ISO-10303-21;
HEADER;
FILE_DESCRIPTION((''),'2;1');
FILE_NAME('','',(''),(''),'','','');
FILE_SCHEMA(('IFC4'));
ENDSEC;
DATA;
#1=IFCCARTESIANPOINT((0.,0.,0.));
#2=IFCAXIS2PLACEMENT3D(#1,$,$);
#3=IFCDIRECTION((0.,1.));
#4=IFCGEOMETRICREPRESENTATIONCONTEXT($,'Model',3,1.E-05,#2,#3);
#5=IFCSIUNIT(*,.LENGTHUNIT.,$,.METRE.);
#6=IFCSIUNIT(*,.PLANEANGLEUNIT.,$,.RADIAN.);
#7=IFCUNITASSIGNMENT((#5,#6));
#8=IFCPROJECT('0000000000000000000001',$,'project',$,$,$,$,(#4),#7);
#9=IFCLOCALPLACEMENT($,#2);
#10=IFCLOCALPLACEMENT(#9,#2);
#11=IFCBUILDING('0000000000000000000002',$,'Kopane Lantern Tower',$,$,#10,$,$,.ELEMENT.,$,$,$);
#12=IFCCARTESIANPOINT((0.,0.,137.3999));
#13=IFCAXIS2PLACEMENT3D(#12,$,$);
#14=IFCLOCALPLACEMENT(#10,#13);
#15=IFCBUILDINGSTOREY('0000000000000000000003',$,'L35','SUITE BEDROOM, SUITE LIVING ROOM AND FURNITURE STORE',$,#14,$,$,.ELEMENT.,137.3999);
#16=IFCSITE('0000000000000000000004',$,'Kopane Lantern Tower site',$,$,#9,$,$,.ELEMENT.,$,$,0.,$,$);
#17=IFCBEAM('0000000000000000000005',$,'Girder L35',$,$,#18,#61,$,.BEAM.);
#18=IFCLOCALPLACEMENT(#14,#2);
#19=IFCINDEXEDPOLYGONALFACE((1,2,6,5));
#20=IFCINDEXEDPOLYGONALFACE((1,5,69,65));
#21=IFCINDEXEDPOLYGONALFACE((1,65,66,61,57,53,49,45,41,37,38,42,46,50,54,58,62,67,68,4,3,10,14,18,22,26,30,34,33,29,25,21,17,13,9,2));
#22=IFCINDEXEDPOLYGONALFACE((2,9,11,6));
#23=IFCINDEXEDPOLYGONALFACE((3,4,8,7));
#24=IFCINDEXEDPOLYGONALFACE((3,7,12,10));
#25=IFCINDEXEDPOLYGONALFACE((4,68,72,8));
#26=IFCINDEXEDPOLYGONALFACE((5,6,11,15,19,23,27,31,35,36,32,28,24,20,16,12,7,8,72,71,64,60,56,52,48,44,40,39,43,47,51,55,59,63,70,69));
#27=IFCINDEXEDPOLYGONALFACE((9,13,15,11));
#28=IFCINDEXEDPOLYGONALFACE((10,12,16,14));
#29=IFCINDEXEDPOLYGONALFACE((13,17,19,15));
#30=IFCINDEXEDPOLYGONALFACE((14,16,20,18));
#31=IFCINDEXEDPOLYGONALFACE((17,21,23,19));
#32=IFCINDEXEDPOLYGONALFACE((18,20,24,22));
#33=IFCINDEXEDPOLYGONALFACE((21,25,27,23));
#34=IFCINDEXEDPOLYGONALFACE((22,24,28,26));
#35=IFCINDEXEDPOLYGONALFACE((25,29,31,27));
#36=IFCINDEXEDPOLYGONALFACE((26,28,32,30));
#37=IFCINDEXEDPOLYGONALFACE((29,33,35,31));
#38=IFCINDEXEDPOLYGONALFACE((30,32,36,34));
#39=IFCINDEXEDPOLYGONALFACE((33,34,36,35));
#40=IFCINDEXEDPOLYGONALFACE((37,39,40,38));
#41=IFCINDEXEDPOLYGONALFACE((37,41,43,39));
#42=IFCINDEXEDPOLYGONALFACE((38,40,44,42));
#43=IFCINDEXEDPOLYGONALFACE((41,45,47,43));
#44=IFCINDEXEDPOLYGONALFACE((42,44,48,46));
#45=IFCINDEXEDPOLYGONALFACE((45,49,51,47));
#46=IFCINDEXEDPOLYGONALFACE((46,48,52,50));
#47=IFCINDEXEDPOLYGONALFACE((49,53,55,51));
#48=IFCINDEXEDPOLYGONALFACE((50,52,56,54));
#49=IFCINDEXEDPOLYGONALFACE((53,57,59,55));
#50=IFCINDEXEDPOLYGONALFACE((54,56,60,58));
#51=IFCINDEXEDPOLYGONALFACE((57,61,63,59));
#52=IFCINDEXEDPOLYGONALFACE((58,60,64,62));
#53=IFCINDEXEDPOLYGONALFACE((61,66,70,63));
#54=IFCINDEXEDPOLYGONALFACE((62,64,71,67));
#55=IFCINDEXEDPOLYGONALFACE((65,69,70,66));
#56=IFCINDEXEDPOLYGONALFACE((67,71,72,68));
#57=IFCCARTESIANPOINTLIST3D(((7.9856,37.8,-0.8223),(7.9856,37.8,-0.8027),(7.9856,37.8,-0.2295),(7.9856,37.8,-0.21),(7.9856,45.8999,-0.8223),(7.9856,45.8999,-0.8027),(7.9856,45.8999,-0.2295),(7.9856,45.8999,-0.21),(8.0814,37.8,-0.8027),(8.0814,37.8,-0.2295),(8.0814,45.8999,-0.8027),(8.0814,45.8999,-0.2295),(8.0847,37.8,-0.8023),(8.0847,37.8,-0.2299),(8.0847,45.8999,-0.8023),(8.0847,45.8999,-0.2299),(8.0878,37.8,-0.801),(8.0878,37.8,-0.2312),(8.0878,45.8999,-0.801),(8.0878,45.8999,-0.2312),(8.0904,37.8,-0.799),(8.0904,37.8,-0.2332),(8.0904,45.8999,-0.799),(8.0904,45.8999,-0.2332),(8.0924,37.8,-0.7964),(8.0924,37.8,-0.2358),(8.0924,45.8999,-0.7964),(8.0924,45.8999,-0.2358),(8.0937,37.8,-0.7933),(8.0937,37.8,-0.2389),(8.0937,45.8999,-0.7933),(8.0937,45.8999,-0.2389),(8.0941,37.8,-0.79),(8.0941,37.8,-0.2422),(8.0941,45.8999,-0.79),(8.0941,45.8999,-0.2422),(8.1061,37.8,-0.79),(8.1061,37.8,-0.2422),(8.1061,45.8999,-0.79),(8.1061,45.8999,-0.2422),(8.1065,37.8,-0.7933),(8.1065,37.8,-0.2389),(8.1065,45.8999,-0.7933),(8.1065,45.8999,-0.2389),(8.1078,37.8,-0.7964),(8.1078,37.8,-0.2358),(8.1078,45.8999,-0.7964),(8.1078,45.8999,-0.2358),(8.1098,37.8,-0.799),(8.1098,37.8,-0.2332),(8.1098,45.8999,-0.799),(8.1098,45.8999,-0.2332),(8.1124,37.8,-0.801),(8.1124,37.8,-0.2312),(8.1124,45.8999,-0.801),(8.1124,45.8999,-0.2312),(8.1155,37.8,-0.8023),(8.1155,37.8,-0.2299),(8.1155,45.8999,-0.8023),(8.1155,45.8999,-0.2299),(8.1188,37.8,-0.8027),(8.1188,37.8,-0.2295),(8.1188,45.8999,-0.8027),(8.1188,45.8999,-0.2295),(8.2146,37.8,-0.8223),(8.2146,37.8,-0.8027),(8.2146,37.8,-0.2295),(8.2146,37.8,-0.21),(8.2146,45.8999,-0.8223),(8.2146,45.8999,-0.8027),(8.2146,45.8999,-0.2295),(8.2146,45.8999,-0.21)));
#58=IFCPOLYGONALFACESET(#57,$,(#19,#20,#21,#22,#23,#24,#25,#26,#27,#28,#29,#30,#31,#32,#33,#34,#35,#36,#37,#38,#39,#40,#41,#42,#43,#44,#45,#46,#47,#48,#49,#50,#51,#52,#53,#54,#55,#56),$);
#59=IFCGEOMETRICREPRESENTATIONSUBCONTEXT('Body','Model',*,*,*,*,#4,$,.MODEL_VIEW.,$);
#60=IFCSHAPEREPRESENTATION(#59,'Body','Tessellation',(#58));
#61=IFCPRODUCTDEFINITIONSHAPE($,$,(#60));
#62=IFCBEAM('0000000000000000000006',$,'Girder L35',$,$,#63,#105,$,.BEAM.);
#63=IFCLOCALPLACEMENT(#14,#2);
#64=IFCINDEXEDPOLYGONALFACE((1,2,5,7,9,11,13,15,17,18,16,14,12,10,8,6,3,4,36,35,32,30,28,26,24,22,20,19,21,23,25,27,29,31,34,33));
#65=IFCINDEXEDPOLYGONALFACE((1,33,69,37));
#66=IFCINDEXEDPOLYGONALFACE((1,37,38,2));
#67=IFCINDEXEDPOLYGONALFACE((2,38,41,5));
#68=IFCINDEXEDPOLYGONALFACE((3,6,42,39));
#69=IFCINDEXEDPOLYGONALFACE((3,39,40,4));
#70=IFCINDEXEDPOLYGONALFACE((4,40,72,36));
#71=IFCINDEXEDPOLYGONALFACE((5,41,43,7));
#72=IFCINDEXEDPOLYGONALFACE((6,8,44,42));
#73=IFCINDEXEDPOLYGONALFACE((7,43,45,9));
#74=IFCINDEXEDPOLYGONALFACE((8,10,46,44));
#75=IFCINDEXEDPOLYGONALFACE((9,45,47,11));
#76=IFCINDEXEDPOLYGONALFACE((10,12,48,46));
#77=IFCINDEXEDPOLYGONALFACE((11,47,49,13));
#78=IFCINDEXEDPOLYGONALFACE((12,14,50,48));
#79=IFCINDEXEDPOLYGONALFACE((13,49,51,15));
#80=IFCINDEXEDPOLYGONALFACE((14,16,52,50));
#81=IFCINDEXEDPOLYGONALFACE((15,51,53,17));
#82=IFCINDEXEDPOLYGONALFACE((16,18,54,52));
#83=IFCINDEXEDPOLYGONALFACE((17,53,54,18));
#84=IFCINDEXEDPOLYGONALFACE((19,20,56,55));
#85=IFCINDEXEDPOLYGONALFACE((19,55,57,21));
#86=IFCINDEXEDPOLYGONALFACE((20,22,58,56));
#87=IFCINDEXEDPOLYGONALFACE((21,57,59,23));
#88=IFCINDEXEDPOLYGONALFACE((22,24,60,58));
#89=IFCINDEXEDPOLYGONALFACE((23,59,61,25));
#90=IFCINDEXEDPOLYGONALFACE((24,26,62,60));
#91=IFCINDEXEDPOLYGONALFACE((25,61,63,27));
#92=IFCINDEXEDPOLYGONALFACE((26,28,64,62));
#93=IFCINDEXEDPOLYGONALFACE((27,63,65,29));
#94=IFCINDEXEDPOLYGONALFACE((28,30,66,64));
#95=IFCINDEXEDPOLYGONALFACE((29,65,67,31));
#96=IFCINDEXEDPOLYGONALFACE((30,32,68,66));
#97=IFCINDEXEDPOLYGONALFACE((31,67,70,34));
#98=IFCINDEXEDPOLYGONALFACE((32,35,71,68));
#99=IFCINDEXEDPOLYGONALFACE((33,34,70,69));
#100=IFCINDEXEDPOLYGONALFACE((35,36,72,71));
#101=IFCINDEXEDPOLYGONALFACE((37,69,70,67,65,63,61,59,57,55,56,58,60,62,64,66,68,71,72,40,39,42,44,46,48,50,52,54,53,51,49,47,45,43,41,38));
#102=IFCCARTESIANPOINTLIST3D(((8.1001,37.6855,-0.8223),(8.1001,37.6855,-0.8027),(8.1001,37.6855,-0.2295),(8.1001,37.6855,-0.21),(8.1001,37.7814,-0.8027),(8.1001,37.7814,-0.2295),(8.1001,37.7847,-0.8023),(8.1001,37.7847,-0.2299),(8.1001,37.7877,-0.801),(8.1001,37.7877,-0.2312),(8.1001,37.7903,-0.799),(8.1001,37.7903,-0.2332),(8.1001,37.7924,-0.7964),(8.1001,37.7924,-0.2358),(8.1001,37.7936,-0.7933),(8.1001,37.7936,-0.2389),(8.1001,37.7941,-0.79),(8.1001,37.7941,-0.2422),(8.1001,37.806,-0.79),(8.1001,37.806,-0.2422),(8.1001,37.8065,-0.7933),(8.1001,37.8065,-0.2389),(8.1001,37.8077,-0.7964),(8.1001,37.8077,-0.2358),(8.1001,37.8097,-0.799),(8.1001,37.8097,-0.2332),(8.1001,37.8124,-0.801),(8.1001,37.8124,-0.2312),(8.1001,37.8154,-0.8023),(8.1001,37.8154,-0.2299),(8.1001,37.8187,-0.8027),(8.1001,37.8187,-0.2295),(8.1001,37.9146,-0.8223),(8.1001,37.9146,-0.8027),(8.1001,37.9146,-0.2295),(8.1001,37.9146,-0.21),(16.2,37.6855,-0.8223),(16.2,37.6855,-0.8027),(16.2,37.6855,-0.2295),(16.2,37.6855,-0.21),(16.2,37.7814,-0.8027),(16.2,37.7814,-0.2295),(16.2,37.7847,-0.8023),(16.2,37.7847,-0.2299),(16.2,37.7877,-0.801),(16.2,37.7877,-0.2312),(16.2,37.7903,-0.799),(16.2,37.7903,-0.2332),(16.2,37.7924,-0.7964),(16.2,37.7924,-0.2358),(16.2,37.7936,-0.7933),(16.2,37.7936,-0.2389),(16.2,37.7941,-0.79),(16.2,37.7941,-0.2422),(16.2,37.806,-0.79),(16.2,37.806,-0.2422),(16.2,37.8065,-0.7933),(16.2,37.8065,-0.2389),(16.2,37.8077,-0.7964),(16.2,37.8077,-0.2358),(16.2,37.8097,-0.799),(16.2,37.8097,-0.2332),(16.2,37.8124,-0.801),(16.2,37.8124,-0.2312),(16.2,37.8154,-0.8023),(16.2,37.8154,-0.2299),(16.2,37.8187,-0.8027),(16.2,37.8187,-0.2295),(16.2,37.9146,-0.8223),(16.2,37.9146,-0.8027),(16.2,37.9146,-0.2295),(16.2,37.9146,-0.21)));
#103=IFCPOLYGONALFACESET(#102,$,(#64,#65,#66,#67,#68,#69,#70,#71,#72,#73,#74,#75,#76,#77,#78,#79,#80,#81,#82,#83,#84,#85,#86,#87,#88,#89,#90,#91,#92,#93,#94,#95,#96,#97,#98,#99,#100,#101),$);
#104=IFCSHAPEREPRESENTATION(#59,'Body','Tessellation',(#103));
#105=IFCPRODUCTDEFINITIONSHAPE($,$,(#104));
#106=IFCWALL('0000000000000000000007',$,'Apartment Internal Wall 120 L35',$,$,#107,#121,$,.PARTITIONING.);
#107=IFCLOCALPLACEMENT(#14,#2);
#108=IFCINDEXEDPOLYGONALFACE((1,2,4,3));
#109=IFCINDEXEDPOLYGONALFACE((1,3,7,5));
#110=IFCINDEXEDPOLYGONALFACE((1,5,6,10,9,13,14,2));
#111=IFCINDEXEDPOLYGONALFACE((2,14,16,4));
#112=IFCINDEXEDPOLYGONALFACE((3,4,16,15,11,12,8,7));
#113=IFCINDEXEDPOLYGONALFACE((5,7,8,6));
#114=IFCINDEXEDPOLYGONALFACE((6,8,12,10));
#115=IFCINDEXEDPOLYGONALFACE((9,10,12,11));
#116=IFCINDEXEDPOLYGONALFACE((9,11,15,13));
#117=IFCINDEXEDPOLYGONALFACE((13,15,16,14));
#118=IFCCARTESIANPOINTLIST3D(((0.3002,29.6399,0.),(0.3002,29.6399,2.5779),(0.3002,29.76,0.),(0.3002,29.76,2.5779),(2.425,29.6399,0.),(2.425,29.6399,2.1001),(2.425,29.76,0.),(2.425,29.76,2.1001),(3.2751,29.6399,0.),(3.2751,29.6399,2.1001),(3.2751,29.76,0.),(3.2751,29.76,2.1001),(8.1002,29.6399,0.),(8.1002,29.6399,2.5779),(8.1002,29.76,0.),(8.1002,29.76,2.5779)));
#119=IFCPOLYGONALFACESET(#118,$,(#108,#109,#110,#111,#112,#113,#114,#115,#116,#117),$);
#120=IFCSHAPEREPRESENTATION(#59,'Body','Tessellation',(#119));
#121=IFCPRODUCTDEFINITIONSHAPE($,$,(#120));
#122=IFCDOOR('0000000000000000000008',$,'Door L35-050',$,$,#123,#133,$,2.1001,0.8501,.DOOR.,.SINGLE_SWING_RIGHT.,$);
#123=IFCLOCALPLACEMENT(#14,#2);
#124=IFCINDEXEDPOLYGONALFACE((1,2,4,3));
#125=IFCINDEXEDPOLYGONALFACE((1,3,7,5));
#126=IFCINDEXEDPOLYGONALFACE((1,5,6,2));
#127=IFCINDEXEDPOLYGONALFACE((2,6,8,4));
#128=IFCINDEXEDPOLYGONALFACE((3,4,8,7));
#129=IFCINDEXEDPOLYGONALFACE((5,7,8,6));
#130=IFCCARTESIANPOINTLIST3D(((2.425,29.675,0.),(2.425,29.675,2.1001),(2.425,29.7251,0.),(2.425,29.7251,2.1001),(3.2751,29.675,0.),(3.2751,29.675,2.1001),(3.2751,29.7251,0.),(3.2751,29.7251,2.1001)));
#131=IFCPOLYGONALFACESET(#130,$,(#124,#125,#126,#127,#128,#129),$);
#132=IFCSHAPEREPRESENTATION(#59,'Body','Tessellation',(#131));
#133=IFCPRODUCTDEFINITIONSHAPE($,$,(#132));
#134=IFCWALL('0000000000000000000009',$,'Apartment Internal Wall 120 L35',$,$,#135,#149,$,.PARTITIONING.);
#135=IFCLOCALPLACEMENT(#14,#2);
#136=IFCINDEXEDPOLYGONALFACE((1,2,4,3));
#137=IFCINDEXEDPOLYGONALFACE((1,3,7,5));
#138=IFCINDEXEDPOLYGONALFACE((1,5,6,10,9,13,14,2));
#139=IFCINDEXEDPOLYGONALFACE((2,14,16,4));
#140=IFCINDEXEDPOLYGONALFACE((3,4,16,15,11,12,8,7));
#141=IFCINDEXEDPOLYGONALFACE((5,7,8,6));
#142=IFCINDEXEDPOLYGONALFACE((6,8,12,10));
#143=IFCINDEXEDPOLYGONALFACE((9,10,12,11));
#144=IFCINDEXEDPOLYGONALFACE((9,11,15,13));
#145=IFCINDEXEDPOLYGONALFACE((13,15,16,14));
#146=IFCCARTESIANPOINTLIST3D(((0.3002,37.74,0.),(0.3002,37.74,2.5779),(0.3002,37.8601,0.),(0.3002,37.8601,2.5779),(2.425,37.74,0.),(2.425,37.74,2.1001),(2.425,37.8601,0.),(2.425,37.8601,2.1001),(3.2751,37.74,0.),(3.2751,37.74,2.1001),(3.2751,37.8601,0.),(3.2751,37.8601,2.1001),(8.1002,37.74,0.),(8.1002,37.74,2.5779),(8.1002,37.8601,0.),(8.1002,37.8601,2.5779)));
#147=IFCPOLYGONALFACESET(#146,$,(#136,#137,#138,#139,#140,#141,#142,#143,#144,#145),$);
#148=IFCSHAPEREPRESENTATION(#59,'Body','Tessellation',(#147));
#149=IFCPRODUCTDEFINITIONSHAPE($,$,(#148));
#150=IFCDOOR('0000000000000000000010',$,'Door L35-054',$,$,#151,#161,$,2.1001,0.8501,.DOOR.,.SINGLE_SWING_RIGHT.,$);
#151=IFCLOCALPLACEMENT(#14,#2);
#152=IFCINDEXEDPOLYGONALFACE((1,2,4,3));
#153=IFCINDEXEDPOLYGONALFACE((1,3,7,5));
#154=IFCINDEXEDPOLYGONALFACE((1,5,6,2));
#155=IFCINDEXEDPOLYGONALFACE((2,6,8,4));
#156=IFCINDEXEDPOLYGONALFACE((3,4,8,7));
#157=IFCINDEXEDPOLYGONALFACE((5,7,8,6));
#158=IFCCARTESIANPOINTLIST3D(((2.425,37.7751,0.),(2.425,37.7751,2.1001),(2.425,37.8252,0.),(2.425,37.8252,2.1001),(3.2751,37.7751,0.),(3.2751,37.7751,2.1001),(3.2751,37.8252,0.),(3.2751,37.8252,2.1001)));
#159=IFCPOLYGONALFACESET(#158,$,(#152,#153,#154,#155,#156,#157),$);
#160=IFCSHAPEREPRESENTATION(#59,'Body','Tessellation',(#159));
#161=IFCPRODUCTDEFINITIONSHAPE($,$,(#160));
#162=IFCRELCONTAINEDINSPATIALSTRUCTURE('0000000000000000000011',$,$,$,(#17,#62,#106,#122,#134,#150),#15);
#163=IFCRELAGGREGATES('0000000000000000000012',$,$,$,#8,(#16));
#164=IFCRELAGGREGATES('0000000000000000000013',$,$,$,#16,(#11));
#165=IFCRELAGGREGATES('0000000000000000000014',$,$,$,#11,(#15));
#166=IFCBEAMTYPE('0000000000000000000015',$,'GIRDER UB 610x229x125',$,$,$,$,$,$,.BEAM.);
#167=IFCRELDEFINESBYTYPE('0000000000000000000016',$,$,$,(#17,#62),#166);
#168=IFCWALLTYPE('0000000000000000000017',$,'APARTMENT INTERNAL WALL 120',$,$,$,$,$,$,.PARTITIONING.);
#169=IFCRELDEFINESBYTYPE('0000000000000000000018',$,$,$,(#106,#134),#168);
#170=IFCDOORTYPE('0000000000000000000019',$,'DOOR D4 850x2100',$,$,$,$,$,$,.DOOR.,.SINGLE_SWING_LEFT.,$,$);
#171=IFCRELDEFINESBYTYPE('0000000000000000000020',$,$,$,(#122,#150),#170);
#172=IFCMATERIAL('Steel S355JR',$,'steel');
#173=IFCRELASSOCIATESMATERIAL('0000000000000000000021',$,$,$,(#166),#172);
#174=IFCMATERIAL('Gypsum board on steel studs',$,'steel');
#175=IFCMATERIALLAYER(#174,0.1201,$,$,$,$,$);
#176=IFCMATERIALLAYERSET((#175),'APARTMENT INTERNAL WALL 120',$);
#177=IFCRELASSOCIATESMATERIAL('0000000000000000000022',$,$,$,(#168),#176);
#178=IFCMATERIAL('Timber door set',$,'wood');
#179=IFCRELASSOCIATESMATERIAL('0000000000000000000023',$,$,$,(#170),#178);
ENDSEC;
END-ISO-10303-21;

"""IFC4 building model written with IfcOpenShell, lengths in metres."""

from ifc_helpers import new_model, si_unit, direction, frame, frame_2d, origin, origin_2d, place, context, subcontext, project, spatial, rectangle, i_section, extrude, material, layer, layer_set, material_profile, profile_set, type_object, element, fill, save


model = new_model("IFC4")

# Units and contexts
model_context = context("Model", 3, precision=1e-05, world=origin(), true_north=direction((0.0, 1.0)))
body_context = subcontext(model_context, "Body", "Model", "MODEL_VIEW")
ifc_project = project(units=[si_unit("LENGTHUNIT", "METRE"), si_unit("PLANEANGLEUNIT", "RADIAN")], contexts=[model_context])

# Site, building, storey
site_placement = place(None, origin())
site = spatial("IfcSite", under=ifc_project, at=site_placement, Name="Kopane Lantern Tower site", CompositionType="ELEMENT", RefElevation=0.0)
building_placement = place(site_placement, origin())
building = spatial("IfcBuilding", under=site, at=building_placement, Name="Kopane Lantern Tower", CompositionType="ELEMENT")
storey_placement = place(building_placement, frame((0.0, 0.0, 137.3999)))
storey = spatial("IfcBuildingStorey", under=building, at=storey_placement, Name="L35", Description="SUITE BEDROOM, SUITE LIVING ROOM AND FURNITURE STORE", CompositionType="ELEMENT", Elevation=137.3999)

# Beams
ifc_material_1 = material(Name="Steel S355JR", Category="steel")
ifc_material_profile_1 = material_profile(ifc_material_1, i_section(OverallWidth=0.229, OverallDepth=0.6123, WebThickness=0.012, FlangeThickness=0.0195, FilletRadius=0.0127, at=origin_2d()), Name="UB 610x229x125")
ifc_profile_set_1 = profile_set([ifc_material_profile_1], Name="Steel S355JR")
beam_type = type_object("IfcBeamType", Name="GIRDER UB 610x229x125", PredefinedType="BEAM", material=ifc_profile_set_1)
for number, where, z_axis, x_axis, name in (
    (1, (8.1001, 37.8, -0.5161), (0.0, 1.0, 0.0), (-1.0, 0.0, 0.0), "Girder L35"),
    (2, (8.1001, 37.8, -0.5161), (1.0, 0.0, 0.0), (0.0, 1.0, 0.0), "Girder L35"),
):
    element("IfcBeam", number, at=place(storey_placement, frame(where, z_axis=z_axis, x_axis=x_axis)), inside=storey, type_object=beam_type, Name=name, PredefinedType="BEAM", context=body_context, shape_type="SweptSolid", body=[
        extrude(i_section(OverallWidth=0.229, OverallDepth=0.6123, WebThickness=0.012, FlangeThickness=0.0195, FilletRadius=0.0127, at=origin_2d()), origin(), (0.0, 0.0, 1.0), 8.0999),
    ])

# Walls, openings, doors
ifc_material_2 = material(Name="Gypsum board on steel studs", Category="steel")
ifc_layer_1 = layer(ifc_material_2, 0.1201)
ifc_layer_set_1 = layer_set([ifc_layer_1], Name="APARTMENT INTERNAL WALL 120")
wall_type_1 = type_object("IfcWallType", Name="APARTMENT INTERNAL WALL 120", PredefinedType="PARTITIONING", material=ifc_layer_set_1)
wall_1_placement = place(storey_placement, frame((8.1001, 29.7, 0.0), z_axis=(0.0, 0.0, 1.0), x_axis=(-1.0, 0.0, 0.0)))
wall_1 = element("IfcWall", 3, at=wall_1_placement, inside=storey, type_object=wall_type_1, Name="Apartment Internal Wall 120 L35", PredefinedType="PARTITIONING", context=body_context, shape_type="SweptSolid", body=[
    extrude(rectangle(XDim=7.8, YDim=0.1201, at=frame_2d((3.8999, 0.0))), origin(), (0.0, 0.0, 1.0), 2.5779),
])
opening_1_placement = place(wall_1_placement, frame((4.825, 0.0, 0.0)))
opening_1 = element("IfcOpeningElement", 4, at=opening_1_placement, cuts=wall_1, PredefinedType="OPENING", context=body_context, shape_type="SweptSolid", body=[
    extrude(rectangle(XDim=0.8501, YDim=2.1001, at=frame_2d((0.425, 1.05))), frame((0.0, 0.0701, 0.0), z_axis=(0.0, -1.0, 0.0), x_axis=(1.0, 0.0, 0.0)), (0.0, 0.0, 1.0), 0.1401),
])
ifc_material_3 = material(Name="Timber door set", Category="wood")
door_type_1 = type_object("IfcDoorType", Name="DOOR D4 850x2100", OperationType="SINGLE_SWING_LEFT", PredefinedType="DOOR", material=ifc_material_3)
door_1_placement = place(opening_1_placement, origin())
door_1 = element("IfcDoor", 5, at=door_1_placement, inside=storey, type_object=door_type_1, Name="Door L35-050", OperationType="SINGLE_SWING_RIGHT", OverallHeight=2.1001, OverallWidth=0.8501, PredefinedType="DOOR", context=body_context, shape_type="SweptSolid", body=[
    extrude(rectangle(XDim=0.8501, YDim=2.1001, at=frame_2d((0.425, 1.05))), frame((0.0, 0.0249, 0.0), z_axis=(0.0, -1.0, 0.0), x_axis=(1.0, 0.0, 0.0)), (0.0, 0.0, 1.0), 0.05),
])
fill(opening_1, door_1)
wall_2_placement = place(storey_placement, frame((8.1001, 37.8, 0.0), z_axis=(0.0, 0.0, 1.0), x_axis=(-1.0, 0.0, 0.0)))
wall_2 = element("IfcWall", 6, at=wall_2_placement, inside=storey, type_object=wall_type_1, Name="Apartment Internal Wall 120 L35", PredefinedType="PARTITIONING", context=body_context, shape_type="SweptSolid", body=[
    extrude(rectangle(XDim=7.8, YDim=0.1201, at=frame_2d((3.8999, 0.0))), origin(), (0.0, 0.0, 1.0), 2.5779),
])
opening_2_placement = place(wall_2_placement, frame((4.825, 0.0, 0.0)))
opening_2 = element("IfcOpeningElement", 7, at=opening_2_placement, cuts=wall_2, PredefinedType="OPENING", context=body_context, shape_type="SweptSolid", body=[
    extrude(rectangle(XDim=0.8501, YDim=2.1001, at=frame_2d((0.425, 1.05))), frame((0.0, 0.0701, 0.0), z_axis=(0.0, -1.0, 0.0), x_axis=(1.0, 0.0, 0.0)), (0.0, 0.0, 1.0), 0.1401),
])
door_2_placement = place(opening_2_placement, origin())
door_2 = element("IfcDoor", 8, at=door_2_placement, inside=storey, type_object=door_type_1, Name="Door L35-054", OperationType="SINGLE_SWING_RIGHT", OverallHeight=2.1001, OverallWidth=0.8501, PredefinedType="DOOR", context=body_context, shape_type="SweptSolid", body=[
    extrude(rectangle(XDim=0.8501, YDim=2.1001, at=frame_2d((0.425, 1.05))), frame((0.0, 0.0249, 0.0), z_axis=(0.0, -1.0, 0.0), x_axis=(1.0, 0.0, 0.0)), (0.0, 0.0, 1.0), 0.05),
])
fill(opening_2, door_2)

save(model, "model.ifc")
